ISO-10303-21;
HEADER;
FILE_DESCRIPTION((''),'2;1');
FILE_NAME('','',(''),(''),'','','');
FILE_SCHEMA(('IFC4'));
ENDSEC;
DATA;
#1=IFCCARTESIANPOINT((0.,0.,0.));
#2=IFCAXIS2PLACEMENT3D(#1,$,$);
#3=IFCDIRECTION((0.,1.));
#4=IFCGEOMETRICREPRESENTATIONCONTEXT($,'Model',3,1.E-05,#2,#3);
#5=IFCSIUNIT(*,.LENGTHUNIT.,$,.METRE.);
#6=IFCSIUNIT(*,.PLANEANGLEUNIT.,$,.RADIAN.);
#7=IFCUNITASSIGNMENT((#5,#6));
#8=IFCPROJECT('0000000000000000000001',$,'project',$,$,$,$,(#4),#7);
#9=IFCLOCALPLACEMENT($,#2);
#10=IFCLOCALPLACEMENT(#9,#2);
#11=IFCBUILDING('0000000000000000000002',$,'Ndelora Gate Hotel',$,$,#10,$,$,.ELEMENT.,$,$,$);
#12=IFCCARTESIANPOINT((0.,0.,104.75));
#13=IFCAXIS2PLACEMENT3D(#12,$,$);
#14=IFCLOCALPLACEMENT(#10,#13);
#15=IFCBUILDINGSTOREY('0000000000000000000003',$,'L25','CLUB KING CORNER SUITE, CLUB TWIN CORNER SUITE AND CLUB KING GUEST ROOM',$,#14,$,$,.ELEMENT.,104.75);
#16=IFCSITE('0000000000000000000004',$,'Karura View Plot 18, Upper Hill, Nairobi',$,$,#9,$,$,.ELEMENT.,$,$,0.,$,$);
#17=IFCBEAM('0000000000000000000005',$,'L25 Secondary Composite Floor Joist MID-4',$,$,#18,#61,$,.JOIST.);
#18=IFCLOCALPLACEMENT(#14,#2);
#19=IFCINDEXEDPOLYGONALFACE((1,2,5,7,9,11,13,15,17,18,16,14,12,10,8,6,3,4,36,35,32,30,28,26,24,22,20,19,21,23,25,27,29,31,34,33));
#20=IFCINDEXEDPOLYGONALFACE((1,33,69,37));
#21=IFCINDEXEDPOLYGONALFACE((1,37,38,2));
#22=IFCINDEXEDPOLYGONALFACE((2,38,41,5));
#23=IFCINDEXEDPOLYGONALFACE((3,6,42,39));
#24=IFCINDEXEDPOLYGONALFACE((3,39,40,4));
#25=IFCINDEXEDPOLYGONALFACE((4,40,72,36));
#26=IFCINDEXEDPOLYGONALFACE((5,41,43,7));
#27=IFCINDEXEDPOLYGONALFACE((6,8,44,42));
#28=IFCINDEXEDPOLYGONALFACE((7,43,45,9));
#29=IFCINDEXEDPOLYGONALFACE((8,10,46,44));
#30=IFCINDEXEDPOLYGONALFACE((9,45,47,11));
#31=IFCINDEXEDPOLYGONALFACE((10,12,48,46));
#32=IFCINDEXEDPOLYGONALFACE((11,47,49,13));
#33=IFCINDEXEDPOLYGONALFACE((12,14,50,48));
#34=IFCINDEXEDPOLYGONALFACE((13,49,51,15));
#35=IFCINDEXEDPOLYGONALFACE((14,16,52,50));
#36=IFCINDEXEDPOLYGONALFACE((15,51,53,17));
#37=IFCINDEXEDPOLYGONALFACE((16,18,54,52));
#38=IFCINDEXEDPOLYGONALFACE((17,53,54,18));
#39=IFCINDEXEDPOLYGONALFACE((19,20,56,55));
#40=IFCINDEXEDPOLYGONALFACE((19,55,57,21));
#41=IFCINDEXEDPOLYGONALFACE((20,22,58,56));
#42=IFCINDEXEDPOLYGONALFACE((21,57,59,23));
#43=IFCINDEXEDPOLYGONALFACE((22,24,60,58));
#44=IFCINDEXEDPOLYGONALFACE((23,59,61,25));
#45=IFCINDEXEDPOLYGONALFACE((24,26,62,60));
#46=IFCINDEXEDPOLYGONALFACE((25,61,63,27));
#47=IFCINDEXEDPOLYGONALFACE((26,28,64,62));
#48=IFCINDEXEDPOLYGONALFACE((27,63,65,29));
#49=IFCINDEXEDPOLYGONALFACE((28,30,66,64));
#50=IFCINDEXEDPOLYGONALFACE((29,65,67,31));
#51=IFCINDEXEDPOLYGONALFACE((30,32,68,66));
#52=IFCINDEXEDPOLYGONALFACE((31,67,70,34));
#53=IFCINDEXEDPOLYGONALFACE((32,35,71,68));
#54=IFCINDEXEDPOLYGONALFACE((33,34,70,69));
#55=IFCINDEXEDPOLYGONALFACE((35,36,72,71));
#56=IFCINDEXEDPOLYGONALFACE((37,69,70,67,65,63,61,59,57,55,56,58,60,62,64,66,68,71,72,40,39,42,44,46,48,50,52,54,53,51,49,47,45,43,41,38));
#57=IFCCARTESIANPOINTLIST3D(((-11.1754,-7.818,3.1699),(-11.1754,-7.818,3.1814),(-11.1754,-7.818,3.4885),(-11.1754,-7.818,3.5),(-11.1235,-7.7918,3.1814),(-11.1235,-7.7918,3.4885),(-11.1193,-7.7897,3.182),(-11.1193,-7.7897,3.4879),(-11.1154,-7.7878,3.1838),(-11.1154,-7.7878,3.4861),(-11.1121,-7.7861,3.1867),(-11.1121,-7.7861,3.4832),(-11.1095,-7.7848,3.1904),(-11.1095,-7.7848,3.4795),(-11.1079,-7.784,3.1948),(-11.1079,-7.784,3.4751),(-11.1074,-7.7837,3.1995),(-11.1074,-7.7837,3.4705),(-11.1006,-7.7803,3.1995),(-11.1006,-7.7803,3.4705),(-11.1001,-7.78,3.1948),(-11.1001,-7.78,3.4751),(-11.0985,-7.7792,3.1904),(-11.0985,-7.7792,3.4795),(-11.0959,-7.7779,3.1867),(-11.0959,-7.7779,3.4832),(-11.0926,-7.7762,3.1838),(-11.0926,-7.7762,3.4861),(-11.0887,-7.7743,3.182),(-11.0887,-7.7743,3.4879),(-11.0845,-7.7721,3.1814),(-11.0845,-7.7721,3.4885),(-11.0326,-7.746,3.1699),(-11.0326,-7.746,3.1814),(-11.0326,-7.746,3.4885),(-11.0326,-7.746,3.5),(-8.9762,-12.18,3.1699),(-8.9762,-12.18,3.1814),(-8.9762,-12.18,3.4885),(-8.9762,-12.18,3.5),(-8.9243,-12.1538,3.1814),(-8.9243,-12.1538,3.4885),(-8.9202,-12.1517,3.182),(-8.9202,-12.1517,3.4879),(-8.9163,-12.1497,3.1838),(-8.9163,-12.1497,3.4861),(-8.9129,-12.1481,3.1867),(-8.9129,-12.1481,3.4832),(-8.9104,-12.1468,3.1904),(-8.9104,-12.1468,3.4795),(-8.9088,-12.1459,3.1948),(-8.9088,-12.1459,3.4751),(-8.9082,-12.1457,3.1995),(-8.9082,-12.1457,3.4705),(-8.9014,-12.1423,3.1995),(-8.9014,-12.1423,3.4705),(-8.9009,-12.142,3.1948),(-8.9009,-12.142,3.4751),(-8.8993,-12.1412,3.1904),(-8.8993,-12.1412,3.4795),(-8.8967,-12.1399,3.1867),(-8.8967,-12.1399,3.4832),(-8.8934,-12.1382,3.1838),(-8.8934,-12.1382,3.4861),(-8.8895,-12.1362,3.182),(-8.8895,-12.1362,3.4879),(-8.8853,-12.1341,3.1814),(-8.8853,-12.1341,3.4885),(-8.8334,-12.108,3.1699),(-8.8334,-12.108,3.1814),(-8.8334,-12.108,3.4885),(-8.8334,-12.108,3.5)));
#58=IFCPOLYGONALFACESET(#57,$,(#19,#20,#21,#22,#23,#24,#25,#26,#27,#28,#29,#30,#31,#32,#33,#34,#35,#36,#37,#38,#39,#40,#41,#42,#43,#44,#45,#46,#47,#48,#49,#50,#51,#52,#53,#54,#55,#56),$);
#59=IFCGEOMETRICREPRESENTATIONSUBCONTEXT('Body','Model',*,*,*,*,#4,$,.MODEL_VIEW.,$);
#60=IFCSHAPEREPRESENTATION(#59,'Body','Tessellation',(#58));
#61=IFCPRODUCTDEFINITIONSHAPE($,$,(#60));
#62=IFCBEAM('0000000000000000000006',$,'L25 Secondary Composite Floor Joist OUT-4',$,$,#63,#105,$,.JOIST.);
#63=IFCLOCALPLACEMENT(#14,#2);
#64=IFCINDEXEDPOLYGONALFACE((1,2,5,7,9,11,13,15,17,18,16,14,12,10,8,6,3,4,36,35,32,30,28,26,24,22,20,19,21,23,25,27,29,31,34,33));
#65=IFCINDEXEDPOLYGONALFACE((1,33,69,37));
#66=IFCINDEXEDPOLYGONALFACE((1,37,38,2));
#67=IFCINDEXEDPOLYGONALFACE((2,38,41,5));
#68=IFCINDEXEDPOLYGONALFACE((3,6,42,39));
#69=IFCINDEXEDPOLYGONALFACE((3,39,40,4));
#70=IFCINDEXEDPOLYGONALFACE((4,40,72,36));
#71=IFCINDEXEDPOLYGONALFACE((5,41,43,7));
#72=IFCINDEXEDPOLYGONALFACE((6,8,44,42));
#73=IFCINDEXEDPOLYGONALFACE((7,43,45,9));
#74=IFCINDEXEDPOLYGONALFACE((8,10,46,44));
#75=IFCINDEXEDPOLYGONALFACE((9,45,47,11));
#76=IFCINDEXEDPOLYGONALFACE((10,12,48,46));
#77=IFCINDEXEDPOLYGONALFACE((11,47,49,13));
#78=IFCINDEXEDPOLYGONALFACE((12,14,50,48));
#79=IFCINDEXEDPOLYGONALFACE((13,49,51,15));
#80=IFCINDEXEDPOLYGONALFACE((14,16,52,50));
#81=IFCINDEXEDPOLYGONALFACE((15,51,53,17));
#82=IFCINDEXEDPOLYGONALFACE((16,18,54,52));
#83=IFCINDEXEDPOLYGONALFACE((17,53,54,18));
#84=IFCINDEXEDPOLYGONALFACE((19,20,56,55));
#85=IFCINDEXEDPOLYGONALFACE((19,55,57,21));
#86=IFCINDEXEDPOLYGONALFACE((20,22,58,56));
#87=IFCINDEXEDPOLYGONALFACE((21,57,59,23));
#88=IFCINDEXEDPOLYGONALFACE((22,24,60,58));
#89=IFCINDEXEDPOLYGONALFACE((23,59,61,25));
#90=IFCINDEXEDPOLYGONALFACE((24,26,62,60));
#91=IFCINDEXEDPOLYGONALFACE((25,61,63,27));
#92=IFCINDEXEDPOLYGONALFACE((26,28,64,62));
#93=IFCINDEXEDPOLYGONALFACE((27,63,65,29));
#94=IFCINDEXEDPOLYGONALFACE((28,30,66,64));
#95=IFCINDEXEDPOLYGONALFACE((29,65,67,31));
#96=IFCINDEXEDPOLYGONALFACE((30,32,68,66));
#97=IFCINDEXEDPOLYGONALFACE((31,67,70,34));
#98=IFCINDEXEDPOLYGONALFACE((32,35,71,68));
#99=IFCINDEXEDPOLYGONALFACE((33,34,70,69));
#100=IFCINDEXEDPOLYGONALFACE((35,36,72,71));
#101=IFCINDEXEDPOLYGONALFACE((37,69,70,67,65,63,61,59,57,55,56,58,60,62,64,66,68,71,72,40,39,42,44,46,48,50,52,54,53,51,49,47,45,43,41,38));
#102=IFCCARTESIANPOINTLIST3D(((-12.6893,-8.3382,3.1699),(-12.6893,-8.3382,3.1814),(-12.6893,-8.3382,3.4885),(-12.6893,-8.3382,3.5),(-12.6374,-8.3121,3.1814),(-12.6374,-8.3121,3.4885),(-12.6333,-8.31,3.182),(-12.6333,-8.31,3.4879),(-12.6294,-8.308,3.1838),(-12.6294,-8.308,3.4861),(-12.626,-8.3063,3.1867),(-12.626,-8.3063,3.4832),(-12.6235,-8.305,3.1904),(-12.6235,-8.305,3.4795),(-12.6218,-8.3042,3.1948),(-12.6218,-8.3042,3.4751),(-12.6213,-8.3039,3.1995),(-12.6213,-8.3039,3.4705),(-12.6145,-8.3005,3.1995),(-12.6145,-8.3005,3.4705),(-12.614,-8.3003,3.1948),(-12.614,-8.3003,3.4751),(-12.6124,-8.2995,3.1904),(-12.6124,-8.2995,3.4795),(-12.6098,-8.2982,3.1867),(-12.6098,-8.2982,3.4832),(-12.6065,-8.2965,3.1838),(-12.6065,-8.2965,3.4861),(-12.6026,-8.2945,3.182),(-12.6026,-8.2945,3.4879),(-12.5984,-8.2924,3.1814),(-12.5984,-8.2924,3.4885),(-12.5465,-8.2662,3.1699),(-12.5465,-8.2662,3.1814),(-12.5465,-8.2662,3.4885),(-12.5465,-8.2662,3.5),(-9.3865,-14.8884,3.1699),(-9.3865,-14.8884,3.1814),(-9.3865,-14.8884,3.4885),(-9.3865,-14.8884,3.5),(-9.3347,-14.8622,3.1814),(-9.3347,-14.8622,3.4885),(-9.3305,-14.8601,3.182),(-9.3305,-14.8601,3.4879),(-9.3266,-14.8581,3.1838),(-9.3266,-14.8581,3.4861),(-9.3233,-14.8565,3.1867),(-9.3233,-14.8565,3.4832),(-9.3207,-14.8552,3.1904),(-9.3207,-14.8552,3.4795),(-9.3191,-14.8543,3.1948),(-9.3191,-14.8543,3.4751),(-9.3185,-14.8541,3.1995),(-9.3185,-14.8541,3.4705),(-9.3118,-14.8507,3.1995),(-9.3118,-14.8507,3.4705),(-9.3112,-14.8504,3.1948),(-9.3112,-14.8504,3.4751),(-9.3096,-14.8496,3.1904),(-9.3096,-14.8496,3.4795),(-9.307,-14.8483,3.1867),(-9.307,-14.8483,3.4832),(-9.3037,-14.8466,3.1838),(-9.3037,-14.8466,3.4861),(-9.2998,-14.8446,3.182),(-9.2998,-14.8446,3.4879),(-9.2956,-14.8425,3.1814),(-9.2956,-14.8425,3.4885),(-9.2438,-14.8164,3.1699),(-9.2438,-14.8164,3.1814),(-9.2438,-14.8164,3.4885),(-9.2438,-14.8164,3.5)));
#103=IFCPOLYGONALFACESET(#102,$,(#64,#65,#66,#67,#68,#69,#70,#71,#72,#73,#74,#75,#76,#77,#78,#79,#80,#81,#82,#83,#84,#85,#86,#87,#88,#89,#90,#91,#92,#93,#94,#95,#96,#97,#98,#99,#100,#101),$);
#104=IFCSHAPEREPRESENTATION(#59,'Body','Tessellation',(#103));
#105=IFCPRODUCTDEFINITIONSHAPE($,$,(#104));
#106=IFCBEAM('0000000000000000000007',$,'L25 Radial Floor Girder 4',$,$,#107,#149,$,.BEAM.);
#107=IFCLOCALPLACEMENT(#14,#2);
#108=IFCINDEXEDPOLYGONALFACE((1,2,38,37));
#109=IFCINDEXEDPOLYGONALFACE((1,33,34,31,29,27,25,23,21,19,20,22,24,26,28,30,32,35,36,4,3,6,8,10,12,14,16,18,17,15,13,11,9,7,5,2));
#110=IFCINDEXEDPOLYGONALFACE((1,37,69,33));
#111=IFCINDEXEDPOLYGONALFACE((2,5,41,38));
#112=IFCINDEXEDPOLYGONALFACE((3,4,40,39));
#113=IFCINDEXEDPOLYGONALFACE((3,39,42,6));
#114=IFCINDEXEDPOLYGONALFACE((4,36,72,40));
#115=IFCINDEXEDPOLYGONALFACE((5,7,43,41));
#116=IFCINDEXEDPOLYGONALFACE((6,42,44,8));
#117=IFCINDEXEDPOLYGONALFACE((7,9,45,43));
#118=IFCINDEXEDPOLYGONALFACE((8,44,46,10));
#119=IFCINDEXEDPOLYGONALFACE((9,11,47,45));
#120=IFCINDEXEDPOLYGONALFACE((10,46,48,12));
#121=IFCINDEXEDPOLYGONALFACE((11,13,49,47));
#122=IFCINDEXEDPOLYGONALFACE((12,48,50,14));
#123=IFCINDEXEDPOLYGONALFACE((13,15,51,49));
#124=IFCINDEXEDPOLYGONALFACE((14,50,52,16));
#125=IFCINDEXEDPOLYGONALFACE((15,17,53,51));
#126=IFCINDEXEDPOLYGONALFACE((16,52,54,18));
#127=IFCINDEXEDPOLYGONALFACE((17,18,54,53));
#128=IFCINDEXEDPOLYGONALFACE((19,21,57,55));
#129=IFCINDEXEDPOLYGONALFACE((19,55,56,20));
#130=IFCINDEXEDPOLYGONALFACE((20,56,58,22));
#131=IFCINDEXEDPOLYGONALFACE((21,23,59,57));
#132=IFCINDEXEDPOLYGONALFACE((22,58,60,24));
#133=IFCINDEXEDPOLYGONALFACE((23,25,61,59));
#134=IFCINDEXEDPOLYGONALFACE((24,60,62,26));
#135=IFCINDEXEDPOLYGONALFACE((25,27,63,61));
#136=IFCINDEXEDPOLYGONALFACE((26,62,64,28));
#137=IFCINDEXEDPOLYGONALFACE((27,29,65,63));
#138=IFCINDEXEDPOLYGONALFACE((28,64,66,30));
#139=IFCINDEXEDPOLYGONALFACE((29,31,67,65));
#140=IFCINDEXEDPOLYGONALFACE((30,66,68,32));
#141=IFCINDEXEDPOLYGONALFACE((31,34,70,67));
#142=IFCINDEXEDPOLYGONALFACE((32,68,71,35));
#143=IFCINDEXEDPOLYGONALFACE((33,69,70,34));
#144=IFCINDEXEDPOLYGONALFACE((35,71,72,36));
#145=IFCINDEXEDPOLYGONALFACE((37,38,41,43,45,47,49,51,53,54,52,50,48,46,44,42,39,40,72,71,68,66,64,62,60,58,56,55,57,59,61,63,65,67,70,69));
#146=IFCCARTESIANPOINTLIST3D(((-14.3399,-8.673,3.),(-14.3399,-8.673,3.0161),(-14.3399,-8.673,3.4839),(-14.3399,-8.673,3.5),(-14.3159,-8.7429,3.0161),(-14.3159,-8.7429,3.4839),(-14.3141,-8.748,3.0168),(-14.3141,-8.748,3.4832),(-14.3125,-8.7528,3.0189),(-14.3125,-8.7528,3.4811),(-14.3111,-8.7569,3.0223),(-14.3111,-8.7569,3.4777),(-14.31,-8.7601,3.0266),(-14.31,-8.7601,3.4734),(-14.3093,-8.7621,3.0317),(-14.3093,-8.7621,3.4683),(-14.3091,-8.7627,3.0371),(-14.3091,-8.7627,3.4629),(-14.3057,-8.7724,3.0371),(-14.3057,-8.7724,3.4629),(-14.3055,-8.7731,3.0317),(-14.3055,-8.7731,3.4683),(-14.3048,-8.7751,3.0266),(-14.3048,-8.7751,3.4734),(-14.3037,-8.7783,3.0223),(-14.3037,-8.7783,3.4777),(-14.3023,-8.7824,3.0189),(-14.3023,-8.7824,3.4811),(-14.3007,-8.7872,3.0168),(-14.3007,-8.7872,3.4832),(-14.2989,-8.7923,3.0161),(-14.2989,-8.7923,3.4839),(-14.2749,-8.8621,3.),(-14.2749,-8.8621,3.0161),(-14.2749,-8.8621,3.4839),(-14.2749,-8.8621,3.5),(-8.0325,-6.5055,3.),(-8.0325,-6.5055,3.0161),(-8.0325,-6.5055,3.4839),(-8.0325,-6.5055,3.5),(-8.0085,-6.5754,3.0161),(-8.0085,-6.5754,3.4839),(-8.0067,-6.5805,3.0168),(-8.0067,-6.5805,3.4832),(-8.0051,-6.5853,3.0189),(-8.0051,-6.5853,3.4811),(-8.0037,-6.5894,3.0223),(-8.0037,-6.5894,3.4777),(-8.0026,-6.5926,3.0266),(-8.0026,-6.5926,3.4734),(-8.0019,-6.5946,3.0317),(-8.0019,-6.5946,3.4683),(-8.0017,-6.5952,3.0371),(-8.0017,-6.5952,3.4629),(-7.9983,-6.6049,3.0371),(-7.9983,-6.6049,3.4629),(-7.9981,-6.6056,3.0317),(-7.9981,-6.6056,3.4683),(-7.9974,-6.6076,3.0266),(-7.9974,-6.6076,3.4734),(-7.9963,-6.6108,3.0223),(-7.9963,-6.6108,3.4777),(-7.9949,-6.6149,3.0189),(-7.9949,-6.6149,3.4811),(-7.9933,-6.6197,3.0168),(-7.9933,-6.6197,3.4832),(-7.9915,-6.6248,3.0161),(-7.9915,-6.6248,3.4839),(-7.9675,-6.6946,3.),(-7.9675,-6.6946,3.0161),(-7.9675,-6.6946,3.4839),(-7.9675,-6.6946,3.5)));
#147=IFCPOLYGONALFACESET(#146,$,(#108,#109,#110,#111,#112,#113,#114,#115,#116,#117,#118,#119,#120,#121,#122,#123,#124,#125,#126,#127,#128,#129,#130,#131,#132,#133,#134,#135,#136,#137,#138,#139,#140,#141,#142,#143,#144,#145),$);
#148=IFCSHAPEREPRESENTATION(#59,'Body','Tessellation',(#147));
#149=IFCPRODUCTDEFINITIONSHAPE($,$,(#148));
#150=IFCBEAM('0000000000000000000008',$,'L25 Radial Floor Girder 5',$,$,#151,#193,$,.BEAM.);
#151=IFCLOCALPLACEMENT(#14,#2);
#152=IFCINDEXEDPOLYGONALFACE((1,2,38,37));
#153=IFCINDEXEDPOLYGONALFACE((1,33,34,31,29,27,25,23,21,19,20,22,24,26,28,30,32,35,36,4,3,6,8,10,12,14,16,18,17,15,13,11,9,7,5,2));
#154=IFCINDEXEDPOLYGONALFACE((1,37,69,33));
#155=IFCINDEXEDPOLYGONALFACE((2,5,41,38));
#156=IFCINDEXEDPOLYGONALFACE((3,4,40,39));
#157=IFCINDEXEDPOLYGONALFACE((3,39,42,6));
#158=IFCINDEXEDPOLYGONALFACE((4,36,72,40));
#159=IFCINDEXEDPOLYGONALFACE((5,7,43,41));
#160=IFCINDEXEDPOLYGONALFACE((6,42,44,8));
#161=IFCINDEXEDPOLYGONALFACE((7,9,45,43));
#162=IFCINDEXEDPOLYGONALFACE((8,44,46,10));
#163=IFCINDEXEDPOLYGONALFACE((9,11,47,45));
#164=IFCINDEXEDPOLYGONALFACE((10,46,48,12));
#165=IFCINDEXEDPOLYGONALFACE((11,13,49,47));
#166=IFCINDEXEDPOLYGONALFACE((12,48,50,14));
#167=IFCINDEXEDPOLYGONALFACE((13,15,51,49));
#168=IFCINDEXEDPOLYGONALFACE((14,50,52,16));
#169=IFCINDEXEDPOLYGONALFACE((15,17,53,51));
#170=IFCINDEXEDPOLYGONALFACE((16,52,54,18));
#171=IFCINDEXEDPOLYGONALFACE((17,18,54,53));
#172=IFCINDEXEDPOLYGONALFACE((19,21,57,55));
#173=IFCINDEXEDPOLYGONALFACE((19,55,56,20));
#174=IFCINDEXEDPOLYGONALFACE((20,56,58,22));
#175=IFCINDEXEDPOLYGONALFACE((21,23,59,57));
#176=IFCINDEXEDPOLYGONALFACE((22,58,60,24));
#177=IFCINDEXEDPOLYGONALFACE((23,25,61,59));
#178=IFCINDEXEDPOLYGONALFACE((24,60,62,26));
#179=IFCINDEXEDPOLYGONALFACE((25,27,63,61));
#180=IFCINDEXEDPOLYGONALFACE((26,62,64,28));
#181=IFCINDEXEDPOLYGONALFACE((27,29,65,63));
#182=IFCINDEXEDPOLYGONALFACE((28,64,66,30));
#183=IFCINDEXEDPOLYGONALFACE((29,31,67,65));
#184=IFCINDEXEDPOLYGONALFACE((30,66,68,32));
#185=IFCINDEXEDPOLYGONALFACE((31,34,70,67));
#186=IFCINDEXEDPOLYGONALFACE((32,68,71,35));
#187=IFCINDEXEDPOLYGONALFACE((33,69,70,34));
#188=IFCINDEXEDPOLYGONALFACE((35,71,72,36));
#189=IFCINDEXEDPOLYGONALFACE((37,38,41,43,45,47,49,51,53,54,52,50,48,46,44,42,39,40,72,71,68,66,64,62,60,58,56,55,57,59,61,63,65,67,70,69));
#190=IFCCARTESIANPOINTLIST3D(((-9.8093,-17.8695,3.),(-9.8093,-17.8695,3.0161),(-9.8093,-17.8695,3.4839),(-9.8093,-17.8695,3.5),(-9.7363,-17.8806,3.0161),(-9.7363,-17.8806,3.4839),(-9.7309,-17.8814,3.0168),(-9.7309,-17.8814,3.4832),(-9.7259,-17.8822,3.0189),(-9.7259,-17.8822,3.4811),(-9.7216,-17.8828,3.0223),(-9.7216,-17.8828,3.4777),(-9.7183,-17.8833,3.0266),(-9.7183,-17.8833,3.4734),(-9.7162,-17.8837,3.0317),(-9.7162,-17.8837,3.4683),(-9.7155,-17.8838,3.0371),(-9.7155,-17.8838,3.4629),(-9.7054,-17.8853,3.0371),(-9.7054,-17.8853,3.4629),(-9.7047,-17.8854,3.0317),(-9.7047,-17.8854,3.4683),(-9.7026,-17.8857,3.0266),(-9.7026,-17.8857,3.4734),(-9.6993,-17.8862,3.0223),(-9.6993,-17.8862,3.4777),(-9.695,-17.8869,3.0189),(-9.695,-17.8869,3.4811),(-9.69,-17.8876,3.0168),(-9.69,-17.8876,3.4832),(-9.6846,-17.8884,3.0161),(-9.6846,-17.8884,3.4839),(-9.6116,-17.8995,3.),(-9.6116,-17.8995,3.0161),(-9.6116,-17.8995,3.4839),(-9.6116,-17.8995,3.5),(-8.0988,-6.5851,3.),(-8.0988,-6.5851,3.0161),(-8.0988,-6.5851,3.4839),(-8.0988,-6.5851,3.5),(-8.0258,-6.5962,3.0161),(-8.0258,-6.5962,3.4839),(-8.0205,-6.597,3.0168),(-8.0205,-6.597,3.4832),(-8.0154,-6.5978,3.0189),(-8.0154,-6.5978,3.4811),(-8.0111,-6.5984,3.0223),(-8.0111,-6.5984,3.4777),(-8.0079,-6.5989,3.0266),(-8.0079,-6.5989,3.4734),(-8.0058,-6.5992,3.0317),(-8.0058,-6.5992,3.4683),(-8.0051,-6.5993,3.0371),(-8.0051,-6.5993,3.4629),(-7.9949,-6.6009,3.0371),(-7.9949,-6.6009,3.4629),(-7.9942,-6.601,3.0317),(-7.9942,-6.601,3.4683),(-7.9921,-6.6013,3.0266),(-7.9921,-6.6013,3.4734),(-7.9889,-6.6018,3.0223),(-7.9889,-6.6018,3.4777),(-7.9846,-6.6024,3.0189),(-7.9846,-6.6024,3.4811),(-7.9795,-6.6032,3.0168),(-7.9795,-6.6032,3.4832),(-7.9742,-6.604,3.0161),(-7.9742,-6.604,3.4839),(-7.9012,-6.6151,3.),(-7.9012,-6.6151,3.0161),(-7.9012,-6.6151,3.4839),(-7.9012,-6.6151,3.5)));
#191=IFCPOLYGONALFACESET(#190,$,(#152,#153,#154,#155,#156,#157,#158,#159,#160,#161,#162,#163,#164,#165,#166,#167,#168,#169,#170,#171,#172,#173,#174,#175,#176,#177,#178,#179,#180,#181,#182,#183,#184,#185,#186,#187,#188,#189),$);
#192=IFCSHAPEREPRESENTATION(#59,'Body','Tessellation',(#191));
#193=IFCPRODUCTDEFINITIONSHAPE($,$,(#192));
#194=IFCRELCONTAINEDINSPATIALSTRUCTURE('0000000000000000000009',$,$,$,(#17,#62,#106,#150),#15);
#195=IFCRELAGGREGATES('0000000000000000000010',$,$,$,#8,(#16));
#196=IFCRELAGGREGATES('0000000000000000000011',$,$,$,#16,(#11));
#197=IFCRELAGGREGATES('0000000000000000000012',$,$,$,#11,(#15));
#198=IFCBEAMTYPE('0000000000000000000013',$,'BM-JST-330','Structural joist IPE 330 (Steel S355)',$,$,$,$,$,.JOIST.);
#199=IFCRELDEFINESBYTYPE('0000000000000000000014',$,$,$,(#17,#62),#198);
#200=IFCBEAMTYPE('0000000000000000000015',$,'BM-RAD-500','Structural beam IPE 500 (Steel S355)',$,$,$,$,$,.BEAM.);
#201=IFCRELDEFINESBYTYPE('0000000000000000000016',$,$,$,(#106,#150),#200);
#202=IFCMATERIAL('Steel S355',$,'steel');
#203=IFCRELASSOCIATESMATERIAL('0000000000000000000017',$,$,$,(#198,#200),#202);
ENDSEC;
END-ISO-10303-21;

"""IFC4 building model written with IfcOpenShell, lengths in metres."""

from ifc_helpers import new_model, si_unit, direction, frame, origin, origin_2d, place, context, subcontext, project, spatial, i_section, extrude, material, material_profile, profile_set, type_object, element, save


model = new_model("IFC4")

# Units and contexts
model_context = context("Model", 3, precision=1e-05, world=origin(), true_north=direction((0.0, 1.0)))
body_context = subcontext(model_context, "Body", "Model", "MODEL_VIEW")
ifc_project = project(units=[si_unit("LENGTHUNIT", "METRE"), si_unit("PLANEANGLEUNIT", "RADIAN")], contexts=[model_context])

# Site, building, storey
site_placement = place(None, origin())
site = spatial("IfcSite", under=ifc_project, at=site_placement, Name="Karura View Plot 18, Upper Hill, Nairobi", CompositionType="ELEMENT", RefElevation=0.0)
building_placement = place(site_placement, origin())
building = spatial("IfcBuilding", under=site, at=building_placement, Name="Ndelora Gate Hotel", CompositionType="ELEMENT")
storey_placement = place(building_placement, frame((0.0, 0.0, 104.75)))
storey = spatial("IfcBuildingStorey", under=building, at=storey_placement, Name="L25", Description="CLUB KING CORNER SUITE, CLUB TWIN CORNER SUITE AND CLUB KING GUEST ROOM", CompositionType="ELEMENT", Elevation=104.75)

# Beams
ifc_material_1 = material(Name="Steel S355", Category="steel")
ifc_material_profile_1 = material_profile(ifc_material_1, i_section(OverallWidth=0.1599, OverallDepth=0.3301, WebThickness=0.0076, FlangeThickness=0.0115, FilletRadius=0.0181, at=origin_2d()), Name="IPE 330")
ifc_profile_set_1 = profile_set([ifc_material_profile_1], Name="Steel S355")
beam_type_1 = type_object("IfcBeamType", Name="BM-JST-330", Description="Structural joist IPE 330 (Steel S355)", PredefinedType="JOIST", material=ifc_profile_set_1)
beam_1_placement = place(storey_placement, frame((-11.104, -7.782, 3.335), z_axis=(0.45019, -0.892933, 0.0), x_axis=(0.892933, 0.45019, 0.0)))
element("IfcBeam", 1, at=beam_1_placement, inside=storey, type_object=beam_type_1, Name="L25 Secondary Composite Floor Joist MID-4", PredefinedType="JOIST", context=body_context, shape_type="SweptSolid", body=[
    extrude(i_section(OverallWidth=0.1599, OverallDepth=0.3301, WebThickness=0.0076, FlangeThickness=0.0115, FilletRadius=0.0181, at=origin_2d()), origin(), (0.0, 0.0, 1.0), 4.885),
])
beam_2_placement = place(storey_placement, frame((-12.6179, -8.3022, 3.335), z_axis=(0.450233, -0.892911, 0.0), x_axis=(0.892911, 0.450233, 0.0)))
element("IfcBeam", 2, at=beam_2_placement, inside=storey, type_object=beam_type_1, Name="L25 Secondary Composite Floor Joist OUT-4", PredefinedType="JOIST", context=body_context, shape_type="SweptSolid", body=[
    extrude(i_section(OverallWidth=0.1599, OverallDepth=0.3301, WebThickness=0.0076, FlangeThickness=0.0115, FilletRadius=0.0181, at=origin_2d()), origin(), (0.0, 0.0, 1.0), 7.3357),
])
ifc_material_profile_2 = material_profile(ifc_material_1, i_section(OverallWidth=0.2, OverallDepth=0.5, WebThickness=0.0103, FlangeThickness=0.0161, FilletRadius=0.021, at=origin_2d()), Name="IPE 500")
ifc_profile_set_2 = profile_set([ifc_material_profile_2], Name="Steel S355")
beam_type_2 = type_object("IfcBeamType", Name="BM-RAD-500", Description="Structural beam IPE 500 (Steel S355)", PredefinedType="BEAM", material=ifc_profile_set_2)
beam_3_placement = place(storey_placement, frame((-8.0, -6.6001, 3.25), z_axis=(-0.945718, -0.324989, 0.0), x_axis=(0.324989, -0.945718, 0.0)))
element("IfcBeam", 3, at=beam_3_placement, inside=storey, type_object=beam_type_2, Name="L25 Radial Floor Girder 4", PredefinedType="BEAM", context=body_context, shape_type="SweptSolid", body=[
    extrude(i_section(OverallWidth=0.2, OverallDepth=0.5, WebThickness=0.0103, FlangeThickness=0.0161, FilletRadius=0.021, at=origin_2d()), origin(), (0.0, 0.0, 1.0), 6.6694),
])
beam_4_placement = place(storey_placement, frame((-8.0, -6.6001, 3.25), z_axis=(-0.149864, -0.988707, 0.0), x_axis=(0.988707, -0.149864, 0.0)))
element("IfcBeam", 4, at=beam_4_placement, inside=storey, type_object=beam_type_2, Name="L25 Radial Floor Girder 5", PredefinedType="BEAM", context=body_context, shape_type="SweptSolid", body=[
    extrude(i_section(OverallWidth=0.2, OverallDepth=0.5, WebThickness=0.0103, FlangeThickness=0.0161, FilletRadius=0.021, at=origin_2d()), origin(), (0.0, 0.0, 1.0), 11.4133),
])

save(model, "model.ifc")
